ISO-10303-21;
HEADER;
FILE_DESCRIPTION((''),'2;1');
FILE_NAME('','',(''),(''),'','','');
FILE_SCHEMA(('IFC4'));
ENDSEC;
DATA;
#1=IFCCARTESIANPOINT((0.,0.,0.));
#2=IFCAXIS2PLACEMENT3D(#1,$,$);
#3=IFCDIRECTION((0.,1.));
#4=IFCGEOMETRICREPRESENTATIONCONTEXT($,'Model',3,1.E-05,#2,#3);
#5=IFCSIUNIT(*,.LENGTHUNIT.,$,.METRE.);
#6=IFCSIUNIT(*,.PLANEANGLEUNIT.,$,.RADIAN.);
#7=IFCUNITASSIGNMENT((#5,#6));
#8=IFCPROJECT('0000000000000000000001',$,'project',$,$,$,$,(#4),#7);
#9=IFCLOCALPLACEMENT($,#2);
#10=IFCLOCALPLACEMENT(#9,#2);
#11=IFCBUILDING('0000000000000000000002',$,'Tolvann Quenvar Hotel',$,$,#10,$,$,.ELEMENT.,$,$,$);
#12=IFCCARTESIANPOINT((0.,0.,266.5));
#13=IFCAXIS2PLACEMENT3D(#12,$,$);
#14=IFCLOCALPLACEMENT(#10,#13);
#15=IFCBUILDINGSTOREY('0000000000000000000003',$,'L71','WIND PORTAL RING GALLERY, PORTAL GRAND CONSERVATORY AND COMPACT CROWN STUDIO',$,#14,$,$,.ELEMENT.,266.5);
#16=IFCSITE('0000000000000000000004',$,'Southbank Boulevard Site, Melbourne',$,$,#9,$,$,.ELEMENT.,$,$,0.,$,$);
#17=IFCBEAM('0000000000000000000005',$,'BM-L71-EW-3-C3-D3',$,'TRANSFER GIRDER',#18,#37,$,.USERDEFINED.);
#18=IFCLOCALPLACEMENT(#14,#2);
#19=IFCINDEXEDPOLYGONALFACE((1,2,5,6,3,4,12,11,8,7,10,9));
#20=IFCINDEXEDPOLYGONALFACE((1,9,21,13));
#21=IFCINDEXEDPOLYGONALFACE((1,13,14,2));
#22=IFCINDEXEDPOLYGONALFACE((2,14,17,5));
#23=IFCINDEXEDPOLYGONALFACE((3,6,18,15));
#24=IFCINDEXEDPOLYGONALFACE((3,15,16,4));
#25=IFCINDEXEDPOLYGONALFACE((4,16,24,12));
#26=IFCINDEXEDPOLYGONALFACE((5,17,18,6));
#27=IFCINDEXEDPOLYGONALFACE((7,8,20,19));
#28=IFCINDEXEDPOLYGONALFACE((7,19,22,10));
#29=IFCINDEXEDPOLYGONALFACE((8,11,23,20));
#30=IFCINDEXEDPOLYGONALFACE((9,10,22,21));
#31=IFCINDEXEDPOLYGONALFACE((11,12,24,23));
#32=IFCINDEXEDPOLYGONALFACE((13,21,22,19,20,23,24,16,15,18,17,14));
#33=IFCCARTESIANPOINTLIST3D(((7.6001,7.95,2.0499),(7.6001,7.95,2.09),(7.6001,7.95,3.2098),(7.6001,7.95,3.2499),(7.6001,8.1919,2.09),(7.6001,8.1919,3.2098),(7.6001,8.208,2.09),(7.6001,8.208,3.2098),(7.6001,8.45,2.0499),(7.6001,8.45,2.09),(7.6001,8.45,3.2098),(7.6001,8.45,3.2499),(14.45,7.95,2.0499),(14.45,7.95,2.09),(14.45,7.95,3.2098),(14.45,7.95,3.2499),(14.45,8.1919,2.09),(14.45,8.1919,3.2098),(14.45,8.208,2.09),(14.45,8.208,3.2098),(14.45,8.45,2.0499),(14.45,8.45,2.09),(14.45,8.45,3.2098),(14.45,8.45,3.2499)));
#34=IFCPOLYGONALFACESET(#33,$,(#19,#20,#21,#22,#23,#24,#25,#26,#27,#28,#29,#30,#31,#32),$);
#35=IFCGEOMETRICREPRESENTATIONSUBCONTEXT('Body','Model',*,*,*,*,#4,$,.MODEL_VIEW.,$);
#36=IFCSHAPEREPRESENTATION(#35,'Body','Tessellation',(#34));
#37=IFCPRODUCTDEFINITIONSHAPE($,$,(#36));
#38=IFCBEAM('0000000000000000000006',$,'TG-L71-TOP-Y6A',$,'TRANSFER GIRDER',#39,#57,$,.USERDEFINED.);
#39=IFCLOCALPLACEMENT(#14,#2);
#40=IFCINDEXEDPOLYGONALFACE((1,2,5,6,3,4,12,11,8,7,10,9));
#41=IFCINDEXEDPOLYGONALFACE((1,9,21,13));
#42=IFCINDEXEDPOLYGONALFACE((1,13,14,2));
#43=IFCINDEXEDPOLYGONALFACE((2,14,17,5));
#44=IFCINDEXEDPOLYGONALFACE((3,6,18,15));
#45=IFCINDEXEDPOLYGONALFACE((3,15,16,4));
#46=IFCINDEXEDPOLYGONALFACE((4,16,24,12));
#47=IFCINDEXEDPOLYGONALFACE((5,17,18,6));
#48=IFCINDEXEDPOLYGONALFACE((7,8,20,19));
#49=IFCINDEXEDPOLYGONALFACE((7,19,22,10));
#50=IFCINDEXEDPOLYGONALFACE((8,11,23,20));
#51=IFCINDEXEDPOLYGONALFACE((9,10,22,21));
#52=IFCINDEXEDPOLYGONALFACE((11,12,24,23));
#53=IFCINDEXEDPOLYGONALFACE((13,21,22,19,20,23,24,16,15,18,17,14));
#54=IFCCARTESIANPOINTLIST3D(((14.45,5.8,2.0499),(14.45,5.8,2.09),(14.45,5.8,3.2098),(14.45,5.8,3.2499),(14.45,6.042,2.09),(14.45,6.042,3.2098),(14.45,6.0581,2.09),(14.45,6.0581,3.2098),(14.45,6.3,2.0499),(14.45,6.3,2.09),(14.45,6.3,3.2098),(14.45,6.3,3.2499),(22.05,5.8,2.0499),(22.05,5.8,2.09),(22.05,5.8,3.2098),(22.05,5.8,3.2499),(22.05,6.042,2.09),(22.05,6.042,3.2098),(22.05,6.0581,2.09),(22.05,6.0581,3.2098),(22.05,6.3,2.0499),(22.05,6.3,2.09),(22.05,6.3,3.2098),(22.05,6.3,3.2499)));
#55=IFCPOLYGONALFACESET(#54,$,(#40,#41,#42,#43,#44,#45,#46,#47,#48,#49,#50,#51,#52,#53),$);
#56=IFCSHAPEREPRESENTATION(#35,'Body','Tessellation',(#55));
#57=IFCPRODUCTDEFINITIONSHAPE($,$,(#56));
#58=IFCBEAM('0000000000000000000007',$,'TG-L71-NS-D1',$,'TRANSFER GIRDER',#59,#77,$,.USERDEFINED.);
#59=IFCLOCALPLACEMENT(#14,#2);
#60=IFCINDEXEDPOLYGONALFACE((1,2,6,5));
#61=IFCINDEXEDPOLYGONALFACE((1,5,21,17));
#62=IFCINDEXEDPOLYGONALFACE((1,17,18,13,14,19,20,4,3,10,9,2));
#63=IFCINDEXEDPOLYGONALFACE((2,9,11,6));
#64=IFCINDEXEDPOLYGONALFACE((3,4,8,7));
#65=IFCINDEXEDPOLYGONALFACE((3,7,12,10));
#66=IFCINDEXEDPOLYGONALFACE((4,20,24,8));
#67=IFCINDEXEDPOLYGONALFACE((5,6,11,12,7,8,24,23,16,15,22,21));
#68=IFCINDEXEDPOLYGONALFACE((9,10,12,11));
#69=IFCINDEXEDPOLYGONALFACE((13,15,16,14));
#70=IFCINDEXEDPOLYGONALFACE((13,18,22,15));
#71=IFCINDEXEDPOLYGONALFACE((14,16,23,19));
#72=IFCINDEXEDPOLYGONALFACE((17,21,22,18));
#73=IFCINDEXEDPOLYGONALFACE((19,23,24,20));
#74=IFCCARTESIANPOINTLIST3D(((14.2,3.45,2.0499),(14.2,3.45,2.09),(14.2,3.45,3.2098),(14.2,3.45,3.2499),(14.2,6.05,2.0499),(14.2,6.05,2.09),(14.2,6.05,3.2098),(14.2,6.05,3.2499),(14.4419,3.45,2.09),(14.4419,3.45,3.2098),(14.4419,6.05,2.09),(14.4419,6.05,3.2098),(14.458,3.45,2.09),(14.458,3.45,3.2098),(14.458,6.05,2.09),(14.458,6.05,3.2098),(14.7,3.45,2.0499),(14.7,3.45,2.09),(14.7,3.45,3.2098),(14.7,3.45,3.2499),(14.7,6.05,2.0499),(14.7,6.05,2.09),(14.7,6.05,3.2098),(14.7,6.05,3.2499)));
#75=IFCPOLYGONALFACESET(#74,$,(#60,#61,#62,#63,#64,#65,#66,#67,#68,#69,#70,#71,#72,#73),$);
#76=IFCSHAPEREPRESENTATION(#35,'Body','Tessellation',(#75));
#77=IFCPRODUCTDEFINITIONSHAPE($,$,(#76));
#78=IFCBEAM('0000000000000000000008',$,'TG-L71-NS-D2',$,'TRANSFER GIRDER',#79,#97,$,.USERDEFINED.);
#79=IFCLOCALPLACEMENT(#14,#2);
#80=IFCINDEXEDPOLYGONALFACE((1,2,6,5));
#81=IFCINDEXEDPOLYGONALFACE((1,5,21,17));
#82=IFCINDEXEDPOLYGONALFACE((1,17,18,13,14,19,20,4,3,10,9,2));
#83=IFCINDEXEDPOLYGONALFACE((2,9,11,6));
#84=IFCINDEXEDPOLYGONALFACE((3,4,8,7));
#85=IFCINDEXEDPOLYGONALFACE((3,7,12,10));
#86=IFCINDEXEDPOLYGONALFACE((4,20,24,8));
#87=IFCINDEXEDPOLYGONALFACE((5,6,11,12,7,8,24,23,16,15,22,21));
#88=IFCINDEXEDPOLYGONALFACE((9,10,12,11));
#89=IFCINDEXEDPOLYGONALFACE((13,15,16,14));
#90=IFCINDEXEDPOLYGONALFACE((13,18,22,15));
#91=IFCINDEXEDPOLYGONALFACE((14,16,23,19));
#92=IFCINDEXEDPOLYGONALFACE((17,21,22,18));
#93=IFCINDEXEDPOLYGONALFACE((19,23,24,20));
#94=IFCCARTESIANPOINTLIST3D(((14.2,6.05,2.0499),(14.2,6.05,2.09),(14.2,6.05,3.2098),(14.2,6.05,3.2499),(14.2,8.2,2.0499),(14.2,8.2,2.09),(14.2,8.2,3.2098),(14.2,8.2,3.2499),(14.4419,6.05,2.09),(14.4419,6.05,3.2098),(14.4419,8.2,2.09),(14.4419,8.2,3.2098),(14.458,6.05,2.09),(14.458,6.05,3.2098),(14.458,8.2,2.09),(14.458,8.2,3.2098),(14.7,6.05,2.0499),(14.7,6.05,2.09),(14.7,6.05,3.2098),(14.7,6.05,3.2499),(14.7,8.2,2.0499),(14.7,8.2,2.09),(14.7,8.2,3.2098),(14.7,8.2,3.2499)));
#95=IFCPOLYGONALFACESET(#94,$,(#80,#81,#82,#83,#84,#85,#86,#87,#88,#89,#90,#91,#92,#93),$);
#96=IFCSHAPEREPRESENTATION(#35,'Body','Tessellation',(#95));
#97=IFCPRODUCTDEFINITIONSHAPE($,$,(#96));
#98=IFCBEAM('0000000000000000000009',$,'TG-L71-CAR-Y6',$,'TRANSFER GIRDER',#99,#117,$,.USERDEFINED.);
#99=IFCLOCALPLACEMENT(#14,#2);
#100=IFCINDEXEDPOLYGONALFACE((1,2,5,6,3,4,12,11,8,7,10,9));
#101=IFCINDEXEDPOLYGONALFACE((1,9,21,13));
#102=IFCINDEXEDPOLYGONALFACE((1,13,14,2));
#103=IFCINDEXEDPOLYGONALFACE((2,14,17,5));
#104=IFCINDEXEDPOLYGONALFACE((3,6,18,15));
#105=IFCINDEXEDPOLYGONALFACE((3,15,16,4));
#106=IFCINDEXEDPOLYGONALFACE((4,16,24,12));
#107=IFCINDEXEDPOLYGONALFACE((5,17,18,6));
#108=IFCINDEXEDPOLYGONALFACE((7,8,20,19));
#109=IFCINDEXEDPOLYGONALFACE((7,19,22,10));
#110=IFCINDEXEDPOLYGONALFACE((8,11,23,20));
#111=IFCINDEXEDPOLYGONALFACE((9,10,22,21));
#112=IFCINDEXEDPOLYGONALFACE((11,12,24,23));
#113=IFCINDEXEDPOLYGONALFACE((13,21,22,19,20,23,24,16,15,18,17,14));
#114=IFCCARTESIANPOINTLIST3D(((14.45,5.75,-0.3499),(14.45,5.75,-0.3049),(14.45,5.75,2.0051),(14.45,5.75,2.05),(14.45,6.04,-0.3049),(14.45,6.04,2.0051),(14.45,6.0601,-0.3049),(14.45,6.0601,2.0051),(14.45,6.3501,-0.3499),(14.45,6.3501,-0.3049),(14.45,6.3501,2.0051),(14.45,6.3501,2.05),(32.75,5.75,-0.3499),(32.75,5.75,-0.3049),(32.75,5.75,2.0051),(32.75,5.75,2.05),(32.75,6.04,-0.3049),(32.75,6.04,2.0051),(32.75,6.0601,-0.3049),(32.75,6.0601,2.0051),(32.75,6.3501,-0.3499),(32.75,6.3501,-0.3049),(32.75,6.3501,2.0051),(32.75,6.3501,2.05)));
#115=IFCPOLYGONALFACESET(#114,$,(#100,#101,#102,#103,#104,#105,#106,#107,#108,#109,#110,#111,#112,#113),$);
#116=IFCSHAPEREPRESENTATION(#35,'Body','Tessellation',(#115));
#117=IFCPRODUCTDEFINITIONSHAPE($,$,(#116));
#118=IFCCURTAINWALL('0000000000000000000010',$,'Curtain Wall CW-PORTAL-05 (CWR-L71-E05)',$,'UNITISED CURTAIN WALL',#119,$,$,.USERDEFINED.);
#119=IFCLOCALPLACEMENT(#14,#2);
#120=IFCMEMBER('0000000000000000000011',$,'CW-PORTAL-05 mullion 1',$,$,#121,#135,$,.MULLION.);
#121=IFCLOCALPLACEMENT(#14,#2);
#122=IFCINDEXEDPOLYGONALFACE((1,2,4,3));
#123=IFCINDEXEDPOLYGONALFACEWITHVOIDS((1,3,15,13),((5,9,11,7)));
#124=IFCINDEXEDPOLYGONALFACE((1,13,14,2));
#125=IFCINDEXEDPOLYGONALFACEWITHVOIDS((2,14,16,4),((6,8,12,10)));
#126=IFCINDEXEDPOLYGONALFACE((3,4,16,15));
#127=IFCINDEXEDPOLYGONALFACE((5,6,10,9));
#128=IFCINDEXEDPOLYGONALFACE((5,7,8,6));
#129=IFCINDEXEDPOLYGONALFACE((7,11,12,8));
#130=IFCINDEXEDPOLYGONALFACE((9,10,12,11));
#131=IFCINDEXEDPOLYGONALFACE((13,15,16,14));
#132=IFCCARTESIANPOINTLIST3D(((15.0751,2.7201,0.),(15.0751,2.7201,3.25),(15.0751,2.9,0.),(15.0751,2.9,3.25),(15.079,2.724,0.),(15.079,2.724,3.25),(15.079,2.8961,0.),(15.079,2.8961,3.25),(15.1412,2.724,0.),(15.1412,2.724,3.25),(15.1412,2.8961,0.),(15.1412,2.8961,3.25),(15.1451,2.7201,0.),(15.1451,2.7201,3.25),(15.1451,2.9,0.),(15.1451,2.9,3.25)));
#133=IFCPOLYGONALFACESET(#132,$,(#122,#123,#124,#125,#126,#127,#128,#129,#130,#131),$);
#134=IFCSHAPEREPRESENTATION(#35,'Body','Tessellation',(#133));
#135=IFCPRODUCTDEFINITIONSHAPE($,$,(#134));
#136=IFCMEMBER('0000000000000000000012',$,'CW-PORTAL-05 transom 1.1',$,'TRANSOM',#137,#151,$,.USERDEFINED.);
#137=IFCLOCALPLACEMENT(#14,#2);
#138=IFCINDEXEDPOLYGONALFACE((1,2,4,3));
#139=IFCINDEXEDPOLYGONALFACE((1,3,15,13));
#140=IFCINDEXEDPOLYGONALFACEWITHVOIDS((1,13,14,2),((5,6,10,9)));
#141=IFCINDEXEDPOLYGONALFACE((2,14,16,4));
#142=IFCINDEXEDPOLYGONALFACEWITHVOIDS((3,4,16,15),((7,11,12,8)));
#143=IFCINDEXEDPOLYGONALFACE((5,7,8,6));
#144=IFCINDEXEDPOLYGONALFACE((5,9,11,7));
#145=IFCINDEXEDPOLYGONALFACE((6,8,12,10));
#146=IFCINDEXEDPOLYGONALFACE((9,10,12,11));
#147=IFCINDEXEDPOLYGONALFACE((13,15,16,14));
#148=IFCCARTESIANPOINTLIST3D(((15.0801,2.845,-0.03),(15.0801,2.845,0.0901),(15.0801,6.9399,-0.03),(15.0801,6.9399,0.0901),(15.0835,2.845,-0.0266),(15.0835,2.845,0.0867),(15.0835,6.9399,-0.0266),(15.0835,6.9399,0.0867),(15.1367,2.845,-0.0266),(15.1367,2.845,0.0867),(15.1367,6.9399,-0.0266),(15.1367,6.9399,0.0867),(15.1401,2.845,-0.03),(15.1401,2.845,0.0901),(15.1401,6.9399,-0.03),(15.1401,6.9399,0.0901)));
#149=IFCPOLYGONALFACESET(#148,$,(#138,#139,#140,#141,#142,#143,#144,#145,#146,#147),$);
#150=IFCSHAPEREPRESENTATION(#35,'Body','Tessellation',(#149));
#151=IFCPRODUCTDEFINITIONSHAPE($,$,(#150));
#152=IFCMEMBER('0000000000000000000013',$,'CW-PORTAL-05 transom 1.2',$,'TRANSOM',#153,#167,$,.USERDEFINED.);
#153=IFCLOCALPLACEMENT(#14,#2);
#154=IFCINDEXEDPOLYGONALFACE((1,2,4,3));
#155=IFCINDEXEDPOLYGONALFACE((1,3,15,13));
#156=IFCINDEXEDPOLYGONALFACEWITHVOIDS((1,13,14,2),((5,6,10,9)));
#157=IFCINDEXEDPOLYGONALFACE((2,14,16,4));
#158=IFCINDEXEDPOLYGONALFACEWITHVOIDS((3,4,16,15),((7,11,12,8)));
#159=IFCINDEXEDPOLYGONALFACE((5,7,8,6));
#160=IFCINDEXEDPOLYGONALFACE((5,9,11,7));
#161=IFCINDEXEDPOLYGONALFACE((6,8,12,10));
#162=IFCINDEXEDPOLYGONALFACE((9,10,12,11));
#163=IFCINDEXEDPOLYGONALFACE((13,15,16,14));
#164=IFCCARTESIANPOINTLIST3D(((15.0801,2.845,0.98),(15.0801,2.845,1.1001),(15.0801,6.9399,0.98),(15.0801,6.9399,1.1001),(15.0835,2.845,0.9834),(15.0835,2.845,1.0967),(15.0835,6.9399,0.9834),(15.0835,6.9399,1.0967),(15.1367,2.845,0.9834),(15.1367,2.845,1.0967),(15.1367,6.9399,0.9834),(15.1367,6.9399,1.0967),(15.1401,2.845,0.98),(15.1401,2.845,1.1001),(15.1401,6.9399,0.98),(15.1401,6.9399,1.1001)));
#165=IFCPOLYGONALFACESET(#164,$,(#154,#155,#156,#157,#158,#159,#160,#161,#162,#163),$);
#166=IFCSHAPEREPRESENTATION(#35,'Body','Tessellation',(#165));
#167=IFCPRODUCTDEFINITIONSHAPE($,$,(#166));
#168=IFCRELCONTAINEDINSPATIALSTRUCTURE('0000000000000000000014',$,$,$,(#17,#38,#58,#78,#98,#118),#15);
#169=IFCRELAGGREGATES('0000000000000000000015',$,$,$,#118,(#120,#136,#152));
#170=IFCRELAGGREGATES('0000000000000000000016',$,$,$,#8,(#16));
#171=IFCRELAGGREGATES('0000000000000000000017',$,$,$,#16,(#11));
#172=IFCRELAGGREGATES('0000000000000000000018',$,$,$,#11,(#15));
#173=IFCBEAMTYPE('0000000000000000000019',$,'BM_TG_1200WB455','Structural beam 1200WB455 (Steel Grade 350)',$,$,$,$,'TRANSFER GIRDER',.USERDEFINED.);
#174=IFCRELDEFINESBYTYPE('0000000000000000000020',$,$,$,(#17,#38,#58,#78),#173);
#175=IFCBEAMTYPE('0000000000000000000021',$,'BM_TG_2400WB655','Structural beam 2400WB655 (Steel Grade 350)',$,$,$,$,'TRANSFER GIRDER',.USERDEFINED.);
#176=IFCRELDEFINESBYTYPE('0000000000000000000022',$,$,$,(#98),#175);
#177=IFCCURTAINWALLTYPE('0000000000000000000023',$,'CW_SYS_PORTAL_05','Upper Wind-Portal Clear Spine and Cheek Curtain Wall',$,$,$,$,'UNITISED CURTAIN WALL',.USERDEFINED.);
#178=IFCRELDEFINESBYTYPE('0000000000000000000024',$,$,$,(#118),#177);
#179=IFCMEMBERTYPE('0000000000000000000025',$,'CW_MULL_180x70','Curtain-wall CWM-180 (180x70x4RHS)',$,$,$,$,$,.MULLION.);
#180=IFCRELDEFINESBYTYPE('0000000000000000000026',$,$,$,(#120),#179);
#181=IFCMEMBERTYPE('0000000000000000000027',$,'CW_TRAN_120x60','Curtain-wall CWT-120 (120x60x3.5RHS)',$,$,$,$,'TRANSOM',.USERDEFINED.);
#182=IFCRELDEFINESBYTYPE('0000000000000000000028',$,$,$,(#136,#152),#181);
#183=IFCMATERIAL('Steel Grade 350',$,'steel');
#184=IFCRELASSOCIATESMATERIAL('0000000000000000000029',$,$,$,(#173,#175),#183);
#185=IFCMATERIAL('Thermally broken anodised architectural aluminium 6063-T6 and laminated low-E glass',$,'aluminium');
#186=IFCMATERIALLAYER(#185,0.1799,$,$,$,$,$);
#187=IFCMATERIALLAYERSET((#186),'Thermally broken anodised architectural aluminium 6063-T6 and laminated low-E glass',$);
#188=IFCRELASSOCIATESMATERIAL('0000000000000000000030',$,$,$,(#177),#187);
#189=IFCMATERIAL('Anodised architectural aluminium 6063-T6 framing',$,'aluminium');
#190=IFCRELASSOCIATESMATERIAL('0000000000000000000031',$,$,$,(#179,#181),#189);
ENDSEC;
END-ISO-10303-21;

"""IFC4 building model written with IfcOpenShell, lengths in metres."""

from ifc_helpers import new_model, si_unit, direction, frame, origin, origin_2d, place, context, subcontext, project, spatial, hollow_rectangle, i_section, extrude, source, transform, mapped, material, layer, layer_set, material_profile, profile_set, type_object, type_shapes, element, aggregate, save


model = new_model("IFC4")

# Units and contexts
model_context = context("Model", 3, precision=1e-05, world=origin(), true_north=direction((0.0, 1.0)))
body_context = subcontext(model_context, "Body", "Model", "MODEL_VIEW")
ifc_project = project(units=[si_unit("LENGTHUNIT", "METRE"), si_unit("PLANEANGLEUNIT", "RADIAN")], contexts=[model_context])

# Site, building, storey
site_placement = place(None, origin())
site = spatial("IfcSite", under=ifc_project, at=site_placement, Name="Southbank Boulevard Site, Melbourne", CompositionType="ELEMENT", RefElevation=0.0)
building_placement = place(site_placement, origin())
building = spatial("IfcBuilding", under=site, at=building_placement, Name="Tolvann Quenvar Hotel", CompositionType="ELEMENT")
storey_placement = place(building_placement, frame((0.0, 0.0, 266.5)))
storey = spatial("IfcBuildingStorey", under=building, at=storey_placement, Name="L71", Description="WIND PORTAL RING GALLERY, PORTAL GRAND CONSERVATORY AND COMPACT CROWN STUDIO", CompositionType="ELEMENT", Elevation=266.5)

# Shared definitions
ifc_material_1 = material(Name="Steel Grade 350", Category="steel")

# Beams
ifc_material_profile_1 = material_profile(ifc_material_1, i_section(OverallWidth=0.5, OverallDepth=1.2, WebThickness=0.0161, FlangeThickness=0.04, at=origin_2d()), Name="1200WB455")
ifc_profile_set_1 = profile_set([ifc_material_profile_1], Name="Steel Grade 350")
beam_type_1 = type_object("IfcBeamType", Name="BM_TG_1200WB455", Description="Structural beam 1200WB455 (Steel Grade 350)", ElementType="TRANSFER GIRDER", PredefinedType="USERDEFINED", material=ifc_profile_set_1)
shared_shape_1 = source(origin(), body_context, "Body", "SweptSolid", [
    extrude(i_section(OverallWidth=0.5, OverallDepth=1.2, WebThickness=0.0161, FlangeThickness=0.04, at=origin_2d()), origin(), (0.0, 0.0, 1.0), 6.8499),
])
beam_1_placement = place(storey_placement, frame((7.6001, 8.2, 2.6499), z_axis=(1.0, 0.0, 0.0), x_axis=(0.0, 1.0, 0.0)))
element("IfcBeam", 1, at=beam_1_placement, inside=storey, type_object=beam_type_1, Name="BM-L71-EW-3-C3-D3", ObjectType="TRANSFER GIRDER", PredefinedType="USERDEFINED", context=body_context, shape_type="MappedRepresentation", body=[
    mapped(shared_shape_1, transform((0.0, 0.0, 0.0), x_axis=(1.0, 0.0, 0.0), y_axis=(0.0, 1.0, 0.0), z_axis=(0.0, 0.0, 1.0), scale=1.0)),
])
shared_shape_2 = source(origin(), body_context, "Body", "SweptSolid", [
    extrude(i_section(OverallWidth=0.5, OverallDepth=1.2, WebThickness=0.0161, FlangeThickness=0.04, at=origin_2d()), origin(), (0.0, 0.0, 1.0), 7.6001),
])
beam_2_placement = place(storey_placement, frame((14.45, 6.05, 2.6499), z_axis=(1.0, 0.0, 0.0), x_axis=(0.0, 1.0, 0.0)))
element("IfcBeam", 2, at=beam_2_placement, inside=storey, type_object=beam_type_1, Name="TG-L71-TOP-Y6A", ObjectType="TRANSFER GIRDER", PredefinedType="USERDEFINED", context=body_context, shape_type="MappedRepresentation", body=[
    mapped(shared_shape_2, transform((0.0, 0.0, 0.0), x_axis=(1.0, 0.0, 0.0), y_axis=(0.0, 1.0, 0.0), z_axis=(0.0, 0.0, 1.0), scale=1.0)),
])
shared_shape_3 = source(origin(), body_context, "Body", "SweptSolid", [
    extrude(i_section(OverallWidth=0.5, OverallDepth=1.2, WebThickness=0.0161, FlangeThickness=0.04, at=origin_2d()), origin(), (0.0, 0.0, 1.0), 2.6001),
])
beam_3_placement = place(storey_placement, frame((14.45, 3.45, 2.6499), z_axis=(0.0, 1.0, 0.0), x_axis=(-1.0, 0.0, 0.0)))
element("IfcBeam", 3, at=beam_3_placement, inside=storey, type_object=beam_type_1, Name="TG-L71-NS-D1", ObjectType="TRANSFER GIRDER", PredefinedType="USERDEFINED", context=body_context, shape_type="MappedRepresentation", body=[
    mapped(shared_shape_3, transform((0.0, 0.0, 0.0), x_axis=(1.0, 0.0, 0.0), y_axis=(0.0, 1.0, 0.0), z_axis=(0.0, 0.0, 1.0), scale=1.0)),
])
shared_shape_4 = source(origin(), body_context, "Body", "SweptSolid", [
    extrude(i_section(OverallWidth=0.5, OverallDepth=1.2, WebThickness=0.0161, FlangeThickness=0.04, at=origin_2d()), origin(), (0.0, 0.0, 1.0), 2.1499),
])
beam_4_placement = place(storey_placement, frame((14.45, 6.05, 2.6499), z_axis=(0.0, 1.0, 0.0), x_axis=(-1.0, 0.0, 0.0)))
element("IfcBeam", 4, at=beam_4_placement, inside=storey, type_object=beam_type_1, Name="TG-L71-NS-D2", ObjectType="TRANSFER GIRDER", PredefinedType="USERDEFINED", context=body_context, shape_type="MappedRepresentation", body=[
    mapped(shared_shape_4, transform((0.0, 0.0, 0.0), x_axis=(1.0, 0.0, 0.0), y_axis=(0.0, 1.0, 0.0), z_axis=(0.0, 0.0, 1.0), scale=1.0)),
])
ifc_material_profile_2 = material_profile(ifc_material_1, i_section(OverallWidth=0.6001, OverallDepth=2.3999, WebThickness=0.02, FlangeThickness=0.0449, at=origin_2d()), Name="2400WB655")
ifc_profile_set_2 = profile_set([ifc_material_profile_2], Name="Steel Grade 350")
beam_type_2 = type_object("IfcBeamType", Name="BM_TG_2400WB655", Description="Structural beam 2400WB655 (Steel Grade 350)", ElementType="TRANSFER GIRDER", PredefinedType="USERDEFINED", material=ifc_profile_set_2)
shared_shape_5 = source(origin(), body_context, "Body", "SweptSolid", [
    extrude(i_section(OverallWidth=0.6001, OverallDepth=2.3999, WebThickness=0.02, FlangeThickness=0.0449, at=origin_2d()), origin(), (0.0, 0.0, 1.0), 18.3),
])
type_shapes(beam_type_2, [shared_shape_5])
beam_5_placement = place(storey_placement, frame((14.45, 6.05, 0.8501), z_axis=(1.0, 0.0, 0.0), x_axis=(0.0, 1.0, 0.0)))
element("IfcBeam", 5, at=beam_5_placement, inside=storey, type_object=beam_type_2, Name="TG-L71-CAR-Y6", ObjectType="TRANSFER GIRDER", PredefinedType="USERDEFINED", context=body_context, shape_type="MappedRepresentation", body=[
    mapped(shared_shape_5, transform((0.0, 0.0, 0.0), x_axis=(1.0, 0.0, 0.0), y_axis=(0.0, 1.0, 0.0), z_axis=(0.0, 0.0, 1.0), scale=1.0)),
])

# Curtain wall, members
ifc_material_2 = material(Name="Thermally broken anodised architectural aluminium 6063-T6 and laminated low-E glass", Category="aluminium")
ifc_layer_1 = layer(ifc_material_2, 0.1799)
ifc_layer_set_1 = layer_set([ifc_layer_1], Name="Thermally broken anodised architectural aluminium 6063-T6 and laminated low-E glass")
curtain_wall_type = type_object("IfcCurtainWallType", Name="CW_SYS_PORTAL_05", Description="Upper Wind-Portal Clear Spine and Cheek Curtain Wall", ElementType="UNITISED CURTAIN WALL", PredefinedType="USERDEFINED", material=ifc_layer_set_1)
curtain_wall_placement = place(storey_placement, origin())
curtain_wall = element("IfcCurtainWall", 6, at=curtain_wall_placement, inside=storey, type_object=curtain_wall_type, Name="Curtain Wall CW-PORTAL-05 (CWR-L71-E05)", ObjectType="UNITISED CURTAIN WALL", PredefinedType="USERDEFINED")
ifc_material_3 = material(Name="Anodised architectural aluminium 6063-T6 framing", Category="aluminium")
ifc_material_profile_3 = material_profile(ifc_material_3, hollow_rectangle(XDim=0.0701, YDim=0.1799, WallThickness=0.0039, at=origin_2d()), Name="180x70x4RHS")
ifc_profile_set_3 = profile_set([ifc_material_profile_3], Name="Anodised architectural aluminium 6063-T6 framing")
member_type_1 = type_object("IfcMemberType", Name="CW_MULL_180x70", Description="Curtain-wall CWM-180 (180x70x4RHS)", PredefinedType="MULLION", material=ifc_profile_set_3)
shared_shape_6 = source(origin(), body_context, "Body", "SweptSolid", [
    extrude(hollow_rectangle(XDim=0.0701, YDim=0.1799, WallThickness=0.0039, at=origin_2d()), origin(), (0.0, 0.0, 1.0), 3.25),
])
type_shapes(member_type_1, [shared_shape_6])
member_1_placement = place(storey_placement, frame((15.1101, 2.8101, 0.0), z_axis=(0.0, 0.0, 1.0), x_axis=(-1.0, 0.0, 0.0)))
member_1 = element("IfcMember", 7, at=member_1_placement, type_object=member_type_1, Name="CW-PORTAL-05 mullion 1", PredefinedType="MULLION", context=body_context, shape_type="MappedRepresentation", body=[
    mapped(shared_shape_6, transform((0.0, 0.0, 0.0), x_axis=(1.0, 0.0, 0.0), y_axis=(0.0, 1.0, 0.0), z_axis=(0.0, 0.0, 1.0), scale=1.0)),
])
ifc_material_profile_4 = material_profile(ifc_material_3, hollow_rectangle(XDim=0.0601, YDim=0.1201, WallThickness=0.0034, at=origin_2d()), Name="120x60x3.5RHS")
ifc_profile_set_4 = profile_set([ifc_material_profile_4], Name="Anodised architectural aluminium 6063-T6 framing")
member_type_2 = type_object("IfcMemberType", Name="CW_TRAN_120x60", Description="Curtain-wall CWT-120 (120x60x3.5RHS)", ElementType="TRANSOM", PredefinedType="USERDEFINED", material=ifc_profile_set_4)
shared_shape_7 = source(origin(), body_context, "Body", "SweptSolid", [
    extrude(hollow_rectangle(XDim=0.0601, YDim=0.1201, WallThickness=0.0034, at=origin_2d()), origin(), (0.0, 0.0, 1.0), 4.095),
])
type_shapes(member_type_2, [shared_shape_7])
member_2_placement = place(storey_placement, frame((15.1101, 2.845, 0.03), z_axis=(0.0, 1.0, 0.0), x_axis=(-1.0, 0.0, 0.0)))
member_2 = element("IfcMember", 8, at=member_2_placement, type_object=member_type_2, Name="CW-PORTAL-05 transom 1.1", ObjectType="TRANSOM", PredefinedType="USERDEFINED", context=body_context, shape_type="MappedRepresentation", body=[
    mapped(shared_shape_7, transform((0.0, 0.0, 0.0), x_axis=(1.0, 0.0, 0.0), y_axis=(0.0, 1.0, 0.0), z_axis=(0.0, 0.0, 1.0), scale=1.0)),
])
member_3_placement = place(storey_placement, frame((15.1101, 2.845, 1.04), z_axis=(0.0, 1.0, 0.0), x_axis=(-1.0, 0.0, 0.0)))
member_3 = element("IfcMember", 9, at=member_3_placement, type_object=member_type_2, Name="CW-PORTAL-05 transom 1.2", ObjectType="TRANSOM", PredefinedType="USERDEFINED", context=body_context, shape_type="MappedRepresentation", body=[
    mapped(shared_shape_7, transform((0.0, 0.0, 0.0), x_axis=(1.0, 0.0, 0.0), y_axis=(0.0, 1.0, 0.0), z_axis=(0.0, 0.0, 1.0), scale=1.0)),
])
aggregate(curtain_wall, [member_1, member_2, member_3])

save(model, "model.ifc")
